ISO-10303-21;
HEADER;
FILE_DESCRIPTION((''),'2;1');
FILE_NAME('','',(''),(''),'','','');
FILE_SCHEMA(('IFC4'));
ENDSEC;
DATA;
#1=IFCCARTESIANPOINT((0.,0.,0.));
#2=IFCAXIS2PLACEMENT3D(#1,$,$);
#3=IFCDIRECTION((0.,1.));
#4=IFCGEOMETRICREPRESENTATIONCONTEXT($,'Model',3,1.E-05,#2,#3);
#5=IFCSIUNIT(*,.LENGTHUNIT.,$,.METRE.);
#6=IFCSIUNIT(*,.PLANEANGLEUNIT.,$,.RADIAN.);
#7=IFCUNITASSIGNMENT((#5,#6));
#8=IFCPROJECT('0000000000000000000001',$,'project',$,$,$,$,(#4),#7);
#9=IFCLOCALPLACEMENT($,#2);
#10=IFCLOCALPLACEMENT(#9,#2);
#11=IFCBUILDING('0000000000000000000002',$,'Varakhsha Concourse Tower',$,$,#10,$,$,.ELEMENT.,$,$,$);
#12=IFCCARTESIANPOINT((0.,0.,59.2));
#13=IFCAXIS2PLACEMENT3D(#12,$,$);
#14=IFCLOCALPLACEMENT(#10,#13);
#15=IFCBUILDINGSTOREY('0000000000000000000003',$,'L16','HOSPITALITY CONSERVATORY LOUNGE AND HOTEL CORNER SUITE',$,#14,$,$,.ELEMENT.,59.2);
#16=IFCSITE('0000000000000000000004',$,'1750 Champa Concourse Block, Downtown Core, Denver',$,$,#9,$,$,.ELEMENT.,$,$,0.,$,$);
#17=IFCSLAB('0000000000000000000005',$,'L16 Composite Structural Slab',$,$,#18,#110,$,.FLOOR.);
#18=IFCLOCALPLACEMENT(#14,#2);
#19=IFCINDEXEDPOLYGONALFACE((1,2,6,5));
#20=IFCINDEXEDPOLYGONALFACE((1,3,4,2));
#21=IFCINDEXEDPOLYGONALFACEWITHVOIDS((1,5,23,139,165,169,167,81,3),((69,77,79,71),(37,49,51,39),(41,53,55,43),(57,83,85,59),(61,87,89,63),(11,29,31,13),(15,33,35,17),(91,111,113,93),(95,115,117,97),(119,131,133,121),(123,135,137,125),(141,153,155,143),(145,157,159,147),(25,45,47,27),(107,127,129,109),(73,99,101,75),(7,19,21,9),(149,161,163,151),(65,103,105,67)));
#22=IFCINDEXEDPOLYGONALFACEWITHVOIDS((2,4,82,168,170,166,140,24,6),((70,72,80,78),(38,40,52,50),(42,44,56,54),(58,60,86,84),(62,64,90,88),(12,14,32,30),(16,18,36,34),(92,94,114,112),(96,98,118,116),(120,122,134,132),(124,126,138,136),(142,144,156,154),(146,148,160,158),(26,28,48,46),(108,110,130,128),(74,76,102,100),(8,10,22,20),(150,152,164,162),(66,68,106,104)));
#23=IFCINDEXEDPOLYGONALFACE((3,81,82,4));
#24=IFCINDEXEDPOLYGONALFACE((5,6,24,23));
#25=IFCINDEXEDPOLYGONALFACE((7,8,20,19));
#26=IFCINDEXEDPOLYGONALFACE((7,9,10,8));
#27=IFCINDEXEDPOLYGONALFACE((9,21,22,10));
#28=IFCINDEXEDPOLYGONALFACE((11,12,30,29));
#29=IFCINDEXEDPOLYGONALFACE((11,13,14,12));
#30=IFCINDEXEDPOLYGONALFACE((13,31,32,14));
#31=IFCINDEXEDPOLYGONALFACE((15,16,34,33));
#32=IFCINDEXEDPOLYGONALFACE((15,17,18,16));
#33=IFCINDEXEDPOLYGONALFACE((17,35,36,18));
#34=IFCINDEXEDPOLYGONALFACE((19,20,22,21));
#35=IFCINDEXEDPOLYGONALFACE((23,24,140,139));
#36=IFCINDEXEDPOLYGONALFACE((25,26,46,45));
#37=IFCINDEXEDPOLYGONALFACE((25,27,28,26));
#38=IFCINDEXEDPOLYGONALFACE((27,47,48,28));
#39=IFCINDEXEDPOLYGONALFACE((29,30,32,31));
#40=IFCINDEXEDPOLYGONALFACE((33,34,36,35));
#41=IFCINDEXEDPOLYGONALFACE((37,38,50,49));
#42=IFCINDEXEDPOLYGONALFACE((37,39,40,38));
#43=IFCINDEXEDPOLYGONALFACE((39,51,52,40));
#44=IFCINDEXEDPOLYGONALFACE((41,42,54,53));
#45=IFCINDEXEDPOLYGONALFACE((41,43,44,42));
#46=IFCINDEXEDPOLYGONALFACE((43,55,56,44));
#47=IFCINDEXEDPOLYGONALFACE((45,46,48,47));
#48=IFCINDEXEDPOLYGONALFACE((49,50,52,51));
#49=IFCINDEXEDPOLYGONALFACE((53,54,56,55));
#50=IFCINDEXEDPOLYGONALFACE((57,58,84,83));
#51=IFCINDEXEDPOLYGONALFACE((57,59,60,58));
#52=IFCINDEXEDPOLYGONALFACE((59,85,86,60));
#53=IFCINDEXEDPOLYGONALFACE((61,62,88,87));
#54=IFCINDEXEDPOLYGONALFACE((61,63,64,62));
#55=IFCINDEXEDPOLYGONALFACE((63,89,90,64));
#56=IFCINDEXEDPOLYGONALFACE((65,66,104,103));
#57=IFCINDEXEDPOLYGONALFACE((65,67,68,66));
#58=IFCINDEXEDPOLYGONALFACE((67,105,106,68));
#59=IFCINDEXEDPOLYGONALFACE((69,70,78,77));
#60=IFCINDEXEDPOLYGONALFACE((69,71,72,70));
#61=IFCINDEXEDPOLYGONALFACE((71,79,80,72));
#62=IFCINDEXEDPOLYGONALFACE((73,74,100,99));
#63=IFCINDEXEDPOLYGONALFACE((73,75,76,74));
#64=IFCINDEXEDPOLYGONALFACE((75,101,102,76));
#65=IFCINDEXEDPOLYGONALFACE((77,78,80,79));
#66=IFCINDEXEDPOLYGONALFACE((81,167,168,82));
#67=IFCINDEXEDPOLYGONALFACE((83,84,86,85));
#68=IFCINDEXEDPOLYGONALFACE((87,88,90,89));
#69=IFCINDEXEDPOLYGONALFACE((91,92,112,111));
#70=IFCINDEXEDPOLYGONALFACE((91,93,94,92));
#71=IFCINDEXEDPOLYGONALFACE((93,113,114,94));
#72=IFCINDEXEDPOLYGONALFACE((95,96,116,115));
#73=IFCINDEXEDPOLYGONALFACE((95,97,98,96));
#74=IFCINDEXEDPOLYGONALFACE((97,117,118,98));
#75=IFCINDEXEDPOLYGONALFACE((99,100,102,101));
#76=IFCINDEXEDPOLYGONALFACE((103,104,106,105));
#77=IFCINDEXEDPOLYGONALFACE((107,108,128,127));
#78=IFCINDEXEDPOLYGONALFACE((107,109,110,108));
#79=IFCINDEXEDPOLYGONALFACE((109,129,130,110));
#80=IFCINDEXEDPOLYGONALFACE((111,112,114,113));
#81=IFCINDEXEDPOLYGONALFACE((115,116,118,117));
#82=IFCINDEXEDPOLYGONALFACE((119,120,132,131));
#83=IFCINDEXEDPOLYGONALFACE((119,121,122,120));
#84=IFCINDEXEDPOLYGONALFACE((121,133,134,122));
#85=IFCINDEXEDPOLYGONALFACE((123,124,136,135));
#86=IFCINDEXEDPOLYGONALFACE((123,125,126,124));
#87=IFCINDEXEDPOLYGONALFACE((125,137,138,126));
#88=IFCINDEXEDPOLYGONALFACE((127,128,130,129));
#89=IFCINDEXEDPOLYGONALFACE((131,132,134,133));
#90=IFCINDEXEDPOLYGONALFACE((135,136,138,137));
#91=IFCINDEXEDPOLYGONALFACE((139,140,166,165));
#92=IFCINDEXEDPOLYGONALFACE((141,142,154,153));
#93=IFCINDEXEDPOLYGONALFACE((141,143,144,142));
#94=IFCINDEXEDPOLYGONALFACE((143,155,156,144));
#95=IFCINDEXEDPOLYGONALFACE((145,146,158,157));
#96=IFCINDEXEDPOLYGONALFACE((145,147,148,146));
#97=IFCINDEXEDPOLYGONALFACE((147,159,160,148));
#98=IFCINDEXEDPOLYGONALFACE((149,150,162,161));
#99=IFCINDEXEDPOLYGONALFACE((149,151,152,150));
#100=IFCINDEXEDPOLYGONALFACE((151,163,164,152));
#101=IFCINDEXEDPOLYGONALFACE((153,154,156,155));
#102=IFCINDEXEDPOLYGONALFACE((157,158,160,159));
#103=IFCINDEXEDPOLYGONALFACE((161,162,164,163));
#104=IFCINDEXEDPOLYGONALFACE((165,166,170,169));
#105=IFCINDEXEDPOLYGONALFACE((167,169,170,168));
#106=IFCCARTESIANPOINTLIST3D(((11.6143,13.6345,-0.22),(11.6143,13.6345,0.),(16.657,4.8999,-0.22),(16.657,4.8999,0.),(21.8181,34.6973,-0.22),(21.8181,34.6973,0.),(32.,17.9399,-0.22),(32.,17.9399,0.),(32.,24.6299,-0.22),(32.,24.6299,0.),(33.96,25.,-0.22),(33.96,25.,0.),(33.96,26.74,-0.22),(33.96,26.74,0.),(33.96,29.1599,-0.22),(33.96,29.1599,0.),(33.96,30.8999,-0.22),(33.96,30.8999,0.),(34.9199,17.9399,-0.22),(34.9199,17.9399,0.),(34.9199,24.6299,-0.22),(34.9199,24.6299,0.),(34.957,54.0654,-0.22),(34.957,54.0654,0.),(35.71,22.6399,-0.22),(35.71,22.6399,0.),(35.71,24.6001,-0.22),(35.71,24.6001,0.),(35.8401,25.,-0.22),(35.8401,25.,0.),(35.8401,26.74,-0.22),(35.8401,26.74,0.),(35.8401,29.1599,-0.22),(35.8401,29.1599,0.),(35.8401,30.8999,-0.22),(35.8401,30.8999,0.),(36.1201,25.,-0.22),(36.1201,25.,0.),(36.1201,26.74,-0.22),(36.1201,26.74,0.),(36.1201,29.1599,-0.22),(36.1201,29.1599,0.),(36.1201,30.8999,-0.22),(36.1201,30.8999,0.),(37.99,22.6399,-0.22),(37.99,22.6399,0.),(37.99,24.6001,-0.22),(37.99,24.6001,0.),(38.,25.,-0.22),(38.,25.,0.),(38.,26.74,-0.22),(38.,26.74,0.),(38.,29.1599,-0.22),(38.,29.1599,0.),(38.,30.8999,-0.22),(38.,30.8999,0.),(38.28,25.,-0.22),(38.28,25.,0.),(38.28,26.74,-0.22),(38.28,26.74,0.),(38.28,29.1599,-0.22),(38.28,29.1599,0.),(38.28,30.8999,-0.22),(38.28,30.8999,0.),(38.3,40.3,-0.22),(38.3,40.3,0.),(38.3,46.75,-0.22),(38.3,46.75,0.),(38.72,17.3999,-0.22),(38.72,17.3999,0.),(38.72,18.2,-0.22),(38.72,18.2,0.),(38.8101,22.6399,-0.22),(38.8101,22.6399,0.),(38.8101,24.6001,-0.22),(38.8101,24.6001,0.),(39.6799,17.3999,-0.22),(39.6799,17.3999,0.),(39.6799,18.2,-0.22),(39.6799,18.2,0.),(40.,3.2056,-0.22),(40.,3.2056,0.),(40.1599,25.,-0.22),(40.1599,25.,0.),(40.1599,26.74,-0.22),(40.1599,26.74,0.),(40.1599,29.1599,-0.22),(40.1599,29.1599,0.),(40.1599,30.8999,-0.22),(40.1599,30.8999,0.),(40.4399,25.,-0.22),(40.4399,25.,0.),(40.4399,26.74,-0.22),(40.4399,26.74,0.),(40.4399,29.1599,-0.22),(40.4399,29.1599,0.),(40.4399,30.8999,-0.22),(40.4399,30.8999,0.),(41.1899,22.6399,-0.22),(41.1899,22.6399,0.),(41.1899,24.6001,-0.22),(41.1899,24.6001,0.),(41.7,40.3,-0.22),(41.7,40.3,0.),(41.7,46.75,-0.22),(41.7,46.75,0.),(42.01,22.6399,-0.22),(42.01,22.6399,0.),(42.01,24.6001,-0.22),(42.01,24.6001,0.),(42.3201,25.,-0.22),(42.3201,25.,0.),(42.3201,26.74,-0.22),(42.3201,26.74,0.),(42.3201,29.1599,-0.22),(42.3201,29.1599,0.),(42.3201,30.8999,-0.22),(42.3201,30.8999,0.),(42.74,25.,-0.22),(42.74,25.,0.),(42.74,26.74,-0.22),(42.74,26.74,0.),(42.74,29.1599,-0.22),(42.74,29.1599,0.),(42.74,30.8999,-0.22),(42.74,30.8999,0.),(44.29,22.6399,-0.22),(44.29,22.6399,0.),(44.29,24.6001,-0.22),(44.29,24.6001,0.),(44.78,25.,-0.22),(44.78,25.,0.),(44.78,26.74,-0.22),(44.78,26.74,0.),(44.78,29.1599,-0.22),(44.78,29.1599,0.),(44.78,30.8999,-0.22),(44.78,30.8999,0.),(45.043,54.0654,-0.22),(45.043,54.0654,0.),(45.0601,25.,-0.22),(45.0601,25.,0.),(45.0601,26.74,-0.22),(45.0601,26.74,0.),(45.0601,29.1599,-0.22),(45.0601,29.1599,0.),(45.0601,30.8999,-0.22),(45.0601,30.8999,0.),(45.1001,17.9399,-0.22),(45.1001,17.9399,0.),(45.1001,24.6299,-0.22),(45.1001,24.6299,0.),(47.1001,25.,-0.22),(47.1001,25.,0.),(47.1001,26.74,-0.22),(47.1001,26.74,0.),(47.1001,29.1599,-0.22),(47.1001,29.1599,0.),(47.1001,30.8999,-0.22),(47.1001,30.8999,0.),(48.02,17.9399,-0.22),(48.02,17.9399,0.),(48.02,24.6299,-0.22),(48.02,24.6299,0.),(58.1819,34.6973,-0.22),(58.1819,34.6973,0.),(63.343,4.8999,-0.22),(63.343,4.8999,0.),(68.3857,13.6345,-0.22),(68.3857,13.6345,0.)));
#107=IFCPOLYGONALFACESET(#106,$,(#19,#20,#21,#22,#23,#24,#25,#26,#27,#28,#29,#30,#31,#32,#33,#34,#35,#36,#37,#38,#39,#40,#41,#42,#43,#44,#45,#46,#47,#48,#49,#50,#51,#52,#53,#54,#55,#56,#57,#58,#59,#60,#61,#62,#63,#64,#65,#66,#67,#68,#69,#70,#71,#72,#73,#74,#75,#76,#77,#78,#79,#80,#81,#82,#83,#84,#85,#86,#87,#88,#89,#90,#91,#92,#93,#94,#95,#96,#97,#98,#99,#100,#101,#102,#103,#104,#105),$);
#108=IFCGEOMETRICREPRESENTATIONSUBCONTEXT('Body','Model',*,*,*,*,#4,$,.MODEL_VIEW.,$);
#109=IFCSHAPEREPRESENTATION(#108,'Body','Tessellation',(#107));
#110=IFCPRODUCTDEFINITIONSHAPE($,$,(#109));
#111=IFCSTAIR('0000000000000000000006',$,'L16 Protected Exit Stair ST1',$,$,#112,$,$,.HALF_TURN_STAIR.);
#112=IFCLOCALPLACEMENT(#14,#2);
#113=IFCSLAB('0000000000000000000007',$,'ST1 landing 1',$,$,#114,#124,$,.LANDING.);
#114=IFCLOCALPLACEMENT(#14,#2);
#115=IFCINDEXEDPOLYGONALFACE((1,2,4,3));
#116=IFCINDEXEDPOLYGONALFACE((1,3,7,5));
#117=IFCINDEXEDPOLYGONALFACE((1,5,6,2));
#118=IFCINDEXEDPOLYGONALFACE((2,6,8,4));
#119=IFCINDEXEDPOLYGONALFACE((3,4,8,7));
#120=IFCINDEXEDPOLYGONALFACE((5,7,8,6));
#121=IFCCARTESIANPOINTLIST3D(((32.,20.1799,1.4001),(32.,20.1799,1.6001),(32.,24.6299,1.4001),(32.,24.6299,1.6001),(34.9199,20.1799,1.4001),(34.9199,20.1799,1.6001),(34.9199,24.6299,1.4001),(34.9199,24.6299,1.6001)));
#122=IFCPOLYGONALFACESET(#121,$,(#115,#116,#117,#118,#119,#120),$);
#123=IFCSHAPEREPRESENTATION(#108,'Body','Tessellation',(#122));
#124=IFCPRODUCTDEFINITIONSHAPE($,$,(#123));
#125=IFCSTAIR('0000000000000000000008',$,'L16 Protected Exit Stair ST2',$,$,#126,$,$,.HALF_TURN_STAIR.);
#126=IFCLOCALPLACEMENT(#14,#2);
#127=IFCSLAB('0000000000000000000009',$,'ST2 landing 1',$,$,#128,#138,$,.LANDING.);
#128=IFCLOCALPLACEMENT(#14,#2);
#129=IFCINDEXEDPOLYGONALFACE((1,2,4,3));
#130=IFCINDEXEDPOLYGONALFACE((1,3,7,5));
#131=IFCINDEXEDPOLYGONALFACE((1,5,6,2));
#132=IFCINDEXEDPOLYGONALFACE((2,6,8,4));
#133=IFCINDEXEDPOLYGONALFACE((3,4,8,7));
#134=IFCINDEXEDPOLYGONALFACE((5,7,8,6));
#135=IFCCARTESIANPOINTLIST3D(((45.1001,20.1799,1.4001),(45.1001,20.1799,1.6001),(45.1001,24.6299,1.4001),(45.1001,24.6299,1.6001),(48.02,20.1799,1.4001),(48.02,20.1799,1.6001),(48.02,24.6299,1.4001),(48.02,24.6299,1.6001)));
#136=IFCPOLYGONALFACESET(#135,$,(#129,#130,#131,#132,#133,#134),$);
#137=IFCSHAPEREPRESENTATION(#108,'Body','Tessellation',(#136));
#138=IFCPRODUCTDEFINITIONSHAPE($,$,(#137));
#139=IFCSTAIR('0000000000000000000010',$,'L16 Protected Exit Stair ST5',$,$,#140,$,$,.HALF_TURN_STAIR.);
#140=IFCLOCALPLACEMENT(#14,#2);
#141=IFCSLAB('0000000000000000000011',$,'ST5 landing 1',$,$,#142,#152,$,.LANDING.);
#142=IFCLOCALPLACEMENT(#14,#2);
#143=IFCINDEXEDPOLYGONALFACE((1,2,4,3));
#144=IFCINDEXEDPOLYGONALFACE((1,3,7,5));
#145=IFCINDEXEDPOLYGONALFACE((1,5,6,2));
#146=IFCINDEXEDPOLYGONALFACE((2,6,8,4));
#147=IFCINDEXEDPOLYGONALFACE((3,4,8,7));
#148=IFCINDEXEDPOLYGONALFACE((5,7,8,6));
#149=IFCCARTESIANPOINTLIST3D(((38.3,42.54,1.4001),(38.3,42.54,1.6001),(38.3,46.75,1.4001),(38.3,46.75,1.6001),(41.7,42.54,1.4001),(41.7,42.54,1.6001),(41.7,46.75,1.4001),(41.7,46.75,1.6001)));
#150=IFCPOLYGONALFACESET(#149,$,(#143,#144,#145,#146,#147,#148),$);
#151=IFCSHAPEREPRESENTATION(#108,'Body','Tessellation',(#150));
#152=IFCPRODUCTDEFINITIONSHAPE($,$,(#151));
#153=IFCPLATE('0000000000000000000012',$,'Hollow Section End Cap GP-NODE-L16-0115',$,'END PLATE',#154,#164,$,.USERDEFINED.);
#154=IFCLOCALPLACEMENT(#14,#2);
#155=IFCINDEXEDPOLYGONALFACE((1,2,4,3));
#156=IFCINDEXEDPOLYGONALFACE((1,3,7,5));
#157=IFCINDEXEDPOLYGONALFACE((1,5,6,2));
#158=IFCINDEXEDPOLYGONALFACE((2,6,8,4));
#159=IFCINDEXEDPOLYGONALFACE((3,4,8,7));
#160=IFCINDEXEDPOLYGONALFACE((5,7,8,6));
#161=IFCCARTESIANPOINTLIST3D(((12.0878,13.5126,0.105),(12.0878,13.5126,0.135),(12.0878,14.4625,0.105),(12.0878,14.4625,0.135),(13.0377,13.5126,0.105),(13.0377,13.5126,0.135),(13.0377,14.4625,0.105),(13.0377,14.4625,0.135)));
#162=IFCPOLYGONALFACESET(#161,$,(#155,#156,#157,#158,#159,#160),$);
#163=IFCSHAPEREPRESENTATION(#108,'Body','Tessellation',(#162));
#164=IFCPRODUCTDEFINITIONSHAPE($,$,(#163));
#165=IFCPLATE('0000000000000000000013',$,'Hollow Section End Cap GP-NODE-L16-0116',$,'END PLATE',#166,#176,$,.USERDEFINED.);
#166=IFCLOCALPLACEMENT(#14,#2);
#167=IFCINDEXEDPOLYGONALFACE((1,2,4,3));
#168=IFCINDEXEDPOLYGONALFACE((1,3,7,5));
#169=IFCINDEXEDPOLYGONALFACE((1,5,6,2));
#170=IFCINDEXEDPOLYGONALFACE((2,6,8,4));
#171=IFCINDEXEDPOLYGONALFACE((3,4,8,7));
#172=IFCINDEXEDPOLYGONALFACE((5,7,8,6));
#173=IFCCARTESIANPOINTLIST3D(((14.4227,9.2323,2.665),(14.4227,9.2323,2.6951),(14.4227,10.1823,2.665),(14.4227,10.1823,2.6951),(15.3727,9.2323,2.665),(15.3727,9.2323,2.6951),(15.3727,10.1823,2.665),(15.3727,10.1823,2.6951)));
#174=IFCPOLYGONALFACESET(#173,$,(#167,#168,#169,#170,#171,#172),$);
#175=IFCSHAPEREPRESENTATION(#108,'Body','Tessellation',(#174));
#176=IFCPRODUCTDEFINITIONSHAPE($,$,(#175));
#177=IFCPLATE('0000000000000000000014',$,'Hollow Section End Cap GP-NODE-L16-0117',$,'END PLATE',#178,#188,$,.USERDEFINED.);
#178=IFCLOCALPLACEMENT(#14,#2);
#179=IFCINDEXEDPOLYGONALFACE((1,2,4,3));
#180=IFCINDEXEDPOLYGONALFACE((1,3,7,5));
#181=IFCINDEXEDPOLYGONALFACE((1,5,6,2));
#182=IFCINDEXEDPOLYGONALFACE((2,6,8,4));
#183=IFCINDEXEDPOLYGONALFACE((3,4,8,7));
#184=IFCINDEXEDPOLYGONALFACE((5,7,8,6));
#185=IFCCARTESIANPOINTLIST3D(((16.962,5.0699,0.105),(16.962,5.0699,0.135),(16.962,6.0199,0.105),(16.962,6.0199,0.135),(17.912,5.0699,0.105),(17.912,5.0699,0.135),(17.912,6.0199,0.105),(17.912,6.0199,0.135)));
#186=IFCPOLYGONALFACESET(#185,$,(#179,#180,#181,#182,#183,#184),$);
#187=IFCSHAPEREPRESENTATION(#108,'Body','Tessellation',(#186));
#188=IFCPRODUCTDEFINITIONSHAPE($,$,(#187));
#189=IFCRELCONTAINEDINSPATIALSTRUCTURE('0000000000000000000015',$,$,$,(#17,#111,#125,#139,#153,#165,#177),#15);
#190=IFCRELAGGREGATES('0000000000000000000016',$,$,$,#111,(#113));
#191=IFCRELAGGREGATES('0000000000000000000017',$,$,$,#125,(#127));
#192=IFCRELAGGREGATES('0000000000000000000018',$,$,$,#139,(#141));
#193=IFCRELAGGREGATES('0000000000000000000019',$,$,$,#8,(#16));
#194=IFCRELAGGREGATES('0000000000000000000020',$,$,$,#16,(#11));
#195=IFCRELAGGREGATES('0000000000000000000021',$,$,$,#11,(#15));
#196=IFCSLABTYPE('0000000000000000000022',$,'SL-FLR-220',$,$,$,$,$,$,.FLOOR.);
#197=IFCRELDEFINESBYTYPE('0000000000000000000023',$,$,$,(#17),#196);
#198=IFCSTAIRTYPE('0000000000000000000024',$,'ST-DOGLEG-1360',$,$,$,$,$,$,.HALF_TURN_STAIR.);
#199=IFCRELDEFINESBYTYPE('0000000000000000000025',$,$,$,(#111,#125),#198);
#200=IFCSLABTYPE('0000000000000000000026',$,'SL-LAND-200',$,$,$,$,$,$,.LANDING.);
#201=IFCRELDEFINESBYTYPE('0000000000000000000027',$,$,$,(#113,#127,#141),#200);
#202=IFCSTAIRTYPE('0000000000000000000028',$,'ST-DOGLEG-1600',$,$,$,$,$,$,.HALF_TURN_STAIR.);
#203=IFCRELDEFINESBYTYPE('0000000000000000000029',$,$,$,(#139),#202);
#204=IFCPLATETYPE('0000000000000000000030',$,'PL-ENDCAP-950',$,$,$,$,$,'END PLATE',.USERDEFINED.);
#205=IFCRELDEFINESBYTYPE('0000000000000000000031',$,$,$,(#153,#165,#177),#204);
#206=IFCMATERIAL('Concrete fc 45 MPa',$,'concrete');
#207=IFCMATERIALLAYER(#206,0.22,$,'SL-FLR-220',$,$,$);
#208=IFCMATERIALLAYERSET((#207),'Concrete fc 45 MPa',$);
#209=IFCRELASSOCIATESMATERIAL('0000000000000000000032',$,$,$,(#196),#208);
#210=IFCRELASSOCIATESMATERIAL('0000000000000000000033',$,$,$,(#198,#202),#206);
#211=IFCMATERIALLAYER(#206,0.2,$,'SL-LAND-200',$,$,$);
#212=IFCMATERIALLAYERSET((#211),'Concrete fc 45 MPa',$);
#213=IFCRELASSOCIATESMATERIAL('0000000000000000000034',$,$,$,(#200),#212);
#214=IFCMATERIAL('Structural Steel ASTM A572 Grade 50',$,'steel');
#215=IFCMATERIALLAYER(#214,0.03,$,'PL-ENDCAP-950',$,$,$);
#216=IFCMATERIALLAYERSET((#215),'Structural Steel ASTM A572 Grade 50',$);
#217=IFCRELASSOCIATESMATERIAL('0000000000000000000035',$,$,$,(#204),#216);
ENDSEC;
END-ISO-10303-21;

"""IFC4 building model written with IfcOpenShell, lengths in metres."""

from ifc_helpers import new_model, si_unit, direction, frame, origin, origin_2d, place, context, subcontext, project, spatial, polyline, rectangle, outline, extrude, source, transform, mapped, material, layer, layer_set, type_object, type_shapes, element, aggregate, save


model = new_model("IFC4")

# Units and contexts
model_context = context("Model", 3, precision=1e-05, world=origin(), true_north=direction((0.0, 1.0)))
body_context = subcontext(model_context, "Body", "Model", "MODEL_VIEW")
ifc_project = project(units=[si_unit("LENGTHUNIT", "METRE"), si_unit("PLANEANGLEUNIT", "RADIAN")], contexts=[model_context])

# Site, building, storey
site_placement = place(None, origin())
site = spatial("IfcSite", under=ifc_project, at=site_placement, Name="1750 Champa Concourse Block, Downtown Core, Denver", CompositionType="ELEMENT", RefElevation=0.0)
building_placement = place(site_placement, origin())
building = spatial("IfcBuilding", under=site, at=building_placement, Name="Varakhsha Concourse Tower", CompositionType="ELEMENT")
storey_placement = place(building_placement, frame((0.0, 0.0, 59.2)))
storey = spatial("IfcBuildingStorey", under=building, at=storey_placement, Name="L16", Description="HOSPITALITY CONSERVATORY LOUNGE AND HOTEL CORNER SUITE", CompositionType="ELEMENT", Elevation=59.2)

# Shared definitions
ifc_material_1 = material(Name="Structural Steel ASTM A572 Grade 50", Category="steel")

# Slab
ifc_material_2 = material(Name="Concrete fc 45 MPa", Category="concrete")
ifc_layer_1 = layer(ifc_material_2, 0.22, Name="SL-FLR-220")
ifc_layer_set_1 = layer_set([ifc_layer_1], Name="Concrete fc 45 MPa")
slab_type_1 = type_object("IfcSlabType", Name="SL-FLR-220", PredefinedType="FLOOR", material=ifc_layer_set_1)
slab_1_placement = place(storey_placement, frame((0.0, 0.0, -0.22)))
element("IfcSlab", 1, at=slab_1_placement, inside=storey, type_object=slab_type_1, Name="L16 Composite Structural Slab", PredefinedType="FLOOR", context=body_context, shape_type="SweptSolid", body=[
    extrude(outline(polyline([(45.043, 54.0654), (34.957, 54.0654), (21.8181, 34.6973), (11.6143, 13.6345), (16.657, 4.8999), (40.0, 3.2056), (63.343, 4.8999), (68.3857, 13.6345), (58.1819, 34.6973), (45.043, 54.0654)]), holes=[polyline([(34.9199, 17.9399), (34.9199, 24.6299), (32.0, 24.6299), (32.0, 17.9399), (34.9199, 17.9399)]), polyline([(48.02, 17.9399), (48.02, 24.6299), (45.1001, 24.6299), (45.1001, 17.9399), (48.02, 17.9399)]), polyline([(41.7, 40.3), (41.7, 46.75), (38.3, 46.75), (38.3, 40.3), (41.7, 40.3)]), polyline([(33.96, 29.1599), (35.8401, 29.1599), (35.8401, 30.8999), (33.96, 30.8999), (33.96, 29.1599)]), polyline([(36.1201, 29.1599), (38.0, 29.1599), (38.0, 30.8999), (36.1201, 30.8999), (36.1201, 29.1599)]), polyline([(38.28, 29.1599), (40.1599, 29.1599), (40.1599, 30.8999), (38.28, 30.8999), (38.28, 29.1599)]), polyline([(40.4399, 29.1599), (42.3201, 29.1599), (42.3201, 30.8999), (40.4399, 30.8999), (40.4399, 29.1599)]), polyline([(33.96, 25.0), (35.8401, 25.0), (35.8401, 26.74), (33.96, 26.74), (33.96, 25.0)]), polyline([(36.1201, 25.0), (38.0, 25.0), (38.0, 26.74), (36.1201, 26.74), (36.1201, 25.0)]), polyline([(38.28, 25.0), (40.1599, 25.0), (40.1599, 26.74), (38.28, 26.74), (38.28, 25.0)]), polyline([(40.4399, 25.0), (42.3201, 25.0), (42.3201, 26.74), (40.4399, 26.74), (40.4399, 25.0)]), polyline([(42.74, 29.1599), (44.78, 29.1599), (44.78, 30.8999), (42.74, 30.8999), (42.74, 29.1599)]), polyline([(45.0601, 29.1599), (47.1001, 29.1599), (47.1001, 30.8999), (45.0601, 30.8999), (45.0601, 29.1599)]), polyline([(42.74, 25.0), (44.78, 25.0), (44.78, 26.74), (42.74, 26.74), (42.74, 25.0)]), polyline([(45.0601, 25.0), (47.1001, 25.0), (47.1001, 26.74), (45.0601, 26.74), (45.0601, 25.0)]), polyline([(35.71, 22.6399), (37.99, 22.6399), (37.99, 24.6001), (35.71, 24.6001), (35.71, 22.6399)]), polyline([(42.01, 22.6399), (44.29, 22.6399), (44.29, 24.6001), (42.01, 24.6001), (42.01, 22.6399)]), polyline([(38.8101, 22.6399), (41.1899, 22.6399), (41.1899, 24.6001), (38.8101, 24.6001), (38.8101, 22.6399)]), polyline([(38.72, 17.3999), (39.6799, 17.3999), (39.6799, 18.2), (38.72, 18.2), (38.72, 17.3999)])]), origin(), (0.0, 0.0, 1.0), 0.22),
])

# Stairs, slabs
stair_type_1 = type_object("IfcStairType", Name="ST-DOGLEG-1360", PredefinedType="HALF_TURN_STAIR", material=ifc_material_2)
stair_1_placement = place(storey_placement, origin())
stair_1 = element("IfcStair", 2, at=stair_1_placement, inside=storey, type_object=stair_type_1, Name="L16 Protected Exit Stair ST1", PredefinedType="HALF_TURN_STAIR")
ifc_layer_2 = layer(ifc_material_2, 0.2, Name="SL-LAND-200")
ifc_layer_set_2 = layer_set([ifc_layer_2], Name="Concrete fc 45 MPa")
slab_type_2 = type_object("IfcSlabType", Name="SL-LAND-200", PredefinedType="LANDING", material=ifc_layer_set_2)
slab_2_placement = place(storey_placement, frame((0.0, 0.0, 1.4001)))
slab_2 = element("IfcSlab", 3, at=slab_2_placement, type_object=slab_type_2, Name="ST1 landing 1", PredefinedType="LANDING", context=body_context, shape_type="SweptSolid", body=[
    extrude(outline(polyline([(34.9199, 20.1799), (34.9199, 24.6299), (32.0, 24.6299), (32.0, 20.1799), (34.9199, 20.1799)])), origin(), (0.0, 0.0, 1.0), 0.2),
])
aggregate(stair_1, [slab_2])
stair_2_placement = place(storey_placement, origin())
stair_2 = element("IfcStair", 4, at=stair_2_placement, inside=storey, type_object=stair_type_1, Name="L16 Protected Exit Stair ST2", PredefinedType="HALF_TURN_STAIR")
slab_3_placement = place(storey_placement, frame((0.0, 0.0, 1.4001)))
slab_3 = element("IfcSlab", 5, at=slab_3_placement, type_object=slab_type_2, Name="ST2 landing 1", PredefinedType="LANDING", context=body_context, shape_type="SweptSolid", body=[
    extrude(outline(polyline([(48.02, 20.1799), (48.02, 24.6299), (45.1001, 24.6299), (45.1001, 20.1799), (48.02, 20.1799)])), origin(), (0.0, 0.0, 1.0), 0.2),
])
aggregate(stair_2, [slab_3])
stair_type_2 = type_object("IfcStairType", Name="ST-DOGLEG-1600", PredefinedType="HALF_TURN_STAIR", material=ifc_material_2)
stair_3_placement = place(storey_placement, origin())
stair_3 = element("IfcStair", 6, at=stair_3_placement, inside=storey, type_object=stair_type_2, Name="L16 Protected Exit Stair ST5", PredefinedType="HALF_TURN_STAIR")
slab_4_placement = place(storey_placement, frame((0.0, 0.0, 1.4001)))
slab_4 = element("IfcSlab", 7, at=slab_4_placement, type_object=slab_type_2, Name="ST5 landing 1", PredefinedType="LANDING", context=body_context, shape_type="SweptSolid", body=[
    extrude(outline(polyline([(41.7, 42.54), (41.7, 46.75), (38.3, 46.75), (38.3, 42.54), (41.7, 42.54)])), origin(), (0.0, 0.0, 1.0), 0.2),
])
aggregate(stair_3, [slab_4])

# Plates
ifc_layer_3 = layer(ifc_material_1, 0.03, Name="PL-ENDCAP-950")
ifc_layer_set_3 = layer_set([ifc_layer_3], Name="Structural Steel ASTM A572 Grade 50")
plate_type_1 = type_object("IfcPlateType", Name="PL-ENDCAP-950", ElementType="END PLATE", PredefinedType="USERDEFINED", material=ifc_layer_set_3)
shared_shape_1 = source(origin(), body_context, "Body", "SweptSolid", [
    extrude(rectangle(XDim=0.95, YDim=0.95, at=origin_2d()), origin(), (0.0, 0.0, 1.0), 0.03),
])
type_shapes(plate_type_1, [shared_shape_1])
for number, where, z_axis, x_axis, name in (
    (8, (12.5627, 13.9875, 0.105), (0.0, 0.0, 1.0), (1.0, 0.0, 0.0), "Hollow Section End Cap GP-NODE-L16-0115"),
    (9, (14.8977, 9.7073, 2.665), (0.0, 0.0, 1.0), (1.0, 0.0, 0.0), "Hollow Section End Cap GP-NODE-L16-0116"),
    (10, (17.437, 5.5449, 0.105), (0.0, 0.0, 1.0), (1.0, 0.0, 0.0), "Hollow Section End Cap GP-NODE-L16-0117"),
):
    element("IfcPlate", number, at=place(storey_placement, frame(where, z_axis=z_axis, x_axis=x_axis)), inside=storey, type_object=plate_type_1, Name=name, ObjectType="END PLATE", PredefinedType="USERDEFINED", context=body_context, shape_type="MappedRepresentation", body=[
        mapped(shared_shape_1, transform((0.0, 0.0, 0.0), scale=1.0)),
    ])

save(model, "model.ifc")
